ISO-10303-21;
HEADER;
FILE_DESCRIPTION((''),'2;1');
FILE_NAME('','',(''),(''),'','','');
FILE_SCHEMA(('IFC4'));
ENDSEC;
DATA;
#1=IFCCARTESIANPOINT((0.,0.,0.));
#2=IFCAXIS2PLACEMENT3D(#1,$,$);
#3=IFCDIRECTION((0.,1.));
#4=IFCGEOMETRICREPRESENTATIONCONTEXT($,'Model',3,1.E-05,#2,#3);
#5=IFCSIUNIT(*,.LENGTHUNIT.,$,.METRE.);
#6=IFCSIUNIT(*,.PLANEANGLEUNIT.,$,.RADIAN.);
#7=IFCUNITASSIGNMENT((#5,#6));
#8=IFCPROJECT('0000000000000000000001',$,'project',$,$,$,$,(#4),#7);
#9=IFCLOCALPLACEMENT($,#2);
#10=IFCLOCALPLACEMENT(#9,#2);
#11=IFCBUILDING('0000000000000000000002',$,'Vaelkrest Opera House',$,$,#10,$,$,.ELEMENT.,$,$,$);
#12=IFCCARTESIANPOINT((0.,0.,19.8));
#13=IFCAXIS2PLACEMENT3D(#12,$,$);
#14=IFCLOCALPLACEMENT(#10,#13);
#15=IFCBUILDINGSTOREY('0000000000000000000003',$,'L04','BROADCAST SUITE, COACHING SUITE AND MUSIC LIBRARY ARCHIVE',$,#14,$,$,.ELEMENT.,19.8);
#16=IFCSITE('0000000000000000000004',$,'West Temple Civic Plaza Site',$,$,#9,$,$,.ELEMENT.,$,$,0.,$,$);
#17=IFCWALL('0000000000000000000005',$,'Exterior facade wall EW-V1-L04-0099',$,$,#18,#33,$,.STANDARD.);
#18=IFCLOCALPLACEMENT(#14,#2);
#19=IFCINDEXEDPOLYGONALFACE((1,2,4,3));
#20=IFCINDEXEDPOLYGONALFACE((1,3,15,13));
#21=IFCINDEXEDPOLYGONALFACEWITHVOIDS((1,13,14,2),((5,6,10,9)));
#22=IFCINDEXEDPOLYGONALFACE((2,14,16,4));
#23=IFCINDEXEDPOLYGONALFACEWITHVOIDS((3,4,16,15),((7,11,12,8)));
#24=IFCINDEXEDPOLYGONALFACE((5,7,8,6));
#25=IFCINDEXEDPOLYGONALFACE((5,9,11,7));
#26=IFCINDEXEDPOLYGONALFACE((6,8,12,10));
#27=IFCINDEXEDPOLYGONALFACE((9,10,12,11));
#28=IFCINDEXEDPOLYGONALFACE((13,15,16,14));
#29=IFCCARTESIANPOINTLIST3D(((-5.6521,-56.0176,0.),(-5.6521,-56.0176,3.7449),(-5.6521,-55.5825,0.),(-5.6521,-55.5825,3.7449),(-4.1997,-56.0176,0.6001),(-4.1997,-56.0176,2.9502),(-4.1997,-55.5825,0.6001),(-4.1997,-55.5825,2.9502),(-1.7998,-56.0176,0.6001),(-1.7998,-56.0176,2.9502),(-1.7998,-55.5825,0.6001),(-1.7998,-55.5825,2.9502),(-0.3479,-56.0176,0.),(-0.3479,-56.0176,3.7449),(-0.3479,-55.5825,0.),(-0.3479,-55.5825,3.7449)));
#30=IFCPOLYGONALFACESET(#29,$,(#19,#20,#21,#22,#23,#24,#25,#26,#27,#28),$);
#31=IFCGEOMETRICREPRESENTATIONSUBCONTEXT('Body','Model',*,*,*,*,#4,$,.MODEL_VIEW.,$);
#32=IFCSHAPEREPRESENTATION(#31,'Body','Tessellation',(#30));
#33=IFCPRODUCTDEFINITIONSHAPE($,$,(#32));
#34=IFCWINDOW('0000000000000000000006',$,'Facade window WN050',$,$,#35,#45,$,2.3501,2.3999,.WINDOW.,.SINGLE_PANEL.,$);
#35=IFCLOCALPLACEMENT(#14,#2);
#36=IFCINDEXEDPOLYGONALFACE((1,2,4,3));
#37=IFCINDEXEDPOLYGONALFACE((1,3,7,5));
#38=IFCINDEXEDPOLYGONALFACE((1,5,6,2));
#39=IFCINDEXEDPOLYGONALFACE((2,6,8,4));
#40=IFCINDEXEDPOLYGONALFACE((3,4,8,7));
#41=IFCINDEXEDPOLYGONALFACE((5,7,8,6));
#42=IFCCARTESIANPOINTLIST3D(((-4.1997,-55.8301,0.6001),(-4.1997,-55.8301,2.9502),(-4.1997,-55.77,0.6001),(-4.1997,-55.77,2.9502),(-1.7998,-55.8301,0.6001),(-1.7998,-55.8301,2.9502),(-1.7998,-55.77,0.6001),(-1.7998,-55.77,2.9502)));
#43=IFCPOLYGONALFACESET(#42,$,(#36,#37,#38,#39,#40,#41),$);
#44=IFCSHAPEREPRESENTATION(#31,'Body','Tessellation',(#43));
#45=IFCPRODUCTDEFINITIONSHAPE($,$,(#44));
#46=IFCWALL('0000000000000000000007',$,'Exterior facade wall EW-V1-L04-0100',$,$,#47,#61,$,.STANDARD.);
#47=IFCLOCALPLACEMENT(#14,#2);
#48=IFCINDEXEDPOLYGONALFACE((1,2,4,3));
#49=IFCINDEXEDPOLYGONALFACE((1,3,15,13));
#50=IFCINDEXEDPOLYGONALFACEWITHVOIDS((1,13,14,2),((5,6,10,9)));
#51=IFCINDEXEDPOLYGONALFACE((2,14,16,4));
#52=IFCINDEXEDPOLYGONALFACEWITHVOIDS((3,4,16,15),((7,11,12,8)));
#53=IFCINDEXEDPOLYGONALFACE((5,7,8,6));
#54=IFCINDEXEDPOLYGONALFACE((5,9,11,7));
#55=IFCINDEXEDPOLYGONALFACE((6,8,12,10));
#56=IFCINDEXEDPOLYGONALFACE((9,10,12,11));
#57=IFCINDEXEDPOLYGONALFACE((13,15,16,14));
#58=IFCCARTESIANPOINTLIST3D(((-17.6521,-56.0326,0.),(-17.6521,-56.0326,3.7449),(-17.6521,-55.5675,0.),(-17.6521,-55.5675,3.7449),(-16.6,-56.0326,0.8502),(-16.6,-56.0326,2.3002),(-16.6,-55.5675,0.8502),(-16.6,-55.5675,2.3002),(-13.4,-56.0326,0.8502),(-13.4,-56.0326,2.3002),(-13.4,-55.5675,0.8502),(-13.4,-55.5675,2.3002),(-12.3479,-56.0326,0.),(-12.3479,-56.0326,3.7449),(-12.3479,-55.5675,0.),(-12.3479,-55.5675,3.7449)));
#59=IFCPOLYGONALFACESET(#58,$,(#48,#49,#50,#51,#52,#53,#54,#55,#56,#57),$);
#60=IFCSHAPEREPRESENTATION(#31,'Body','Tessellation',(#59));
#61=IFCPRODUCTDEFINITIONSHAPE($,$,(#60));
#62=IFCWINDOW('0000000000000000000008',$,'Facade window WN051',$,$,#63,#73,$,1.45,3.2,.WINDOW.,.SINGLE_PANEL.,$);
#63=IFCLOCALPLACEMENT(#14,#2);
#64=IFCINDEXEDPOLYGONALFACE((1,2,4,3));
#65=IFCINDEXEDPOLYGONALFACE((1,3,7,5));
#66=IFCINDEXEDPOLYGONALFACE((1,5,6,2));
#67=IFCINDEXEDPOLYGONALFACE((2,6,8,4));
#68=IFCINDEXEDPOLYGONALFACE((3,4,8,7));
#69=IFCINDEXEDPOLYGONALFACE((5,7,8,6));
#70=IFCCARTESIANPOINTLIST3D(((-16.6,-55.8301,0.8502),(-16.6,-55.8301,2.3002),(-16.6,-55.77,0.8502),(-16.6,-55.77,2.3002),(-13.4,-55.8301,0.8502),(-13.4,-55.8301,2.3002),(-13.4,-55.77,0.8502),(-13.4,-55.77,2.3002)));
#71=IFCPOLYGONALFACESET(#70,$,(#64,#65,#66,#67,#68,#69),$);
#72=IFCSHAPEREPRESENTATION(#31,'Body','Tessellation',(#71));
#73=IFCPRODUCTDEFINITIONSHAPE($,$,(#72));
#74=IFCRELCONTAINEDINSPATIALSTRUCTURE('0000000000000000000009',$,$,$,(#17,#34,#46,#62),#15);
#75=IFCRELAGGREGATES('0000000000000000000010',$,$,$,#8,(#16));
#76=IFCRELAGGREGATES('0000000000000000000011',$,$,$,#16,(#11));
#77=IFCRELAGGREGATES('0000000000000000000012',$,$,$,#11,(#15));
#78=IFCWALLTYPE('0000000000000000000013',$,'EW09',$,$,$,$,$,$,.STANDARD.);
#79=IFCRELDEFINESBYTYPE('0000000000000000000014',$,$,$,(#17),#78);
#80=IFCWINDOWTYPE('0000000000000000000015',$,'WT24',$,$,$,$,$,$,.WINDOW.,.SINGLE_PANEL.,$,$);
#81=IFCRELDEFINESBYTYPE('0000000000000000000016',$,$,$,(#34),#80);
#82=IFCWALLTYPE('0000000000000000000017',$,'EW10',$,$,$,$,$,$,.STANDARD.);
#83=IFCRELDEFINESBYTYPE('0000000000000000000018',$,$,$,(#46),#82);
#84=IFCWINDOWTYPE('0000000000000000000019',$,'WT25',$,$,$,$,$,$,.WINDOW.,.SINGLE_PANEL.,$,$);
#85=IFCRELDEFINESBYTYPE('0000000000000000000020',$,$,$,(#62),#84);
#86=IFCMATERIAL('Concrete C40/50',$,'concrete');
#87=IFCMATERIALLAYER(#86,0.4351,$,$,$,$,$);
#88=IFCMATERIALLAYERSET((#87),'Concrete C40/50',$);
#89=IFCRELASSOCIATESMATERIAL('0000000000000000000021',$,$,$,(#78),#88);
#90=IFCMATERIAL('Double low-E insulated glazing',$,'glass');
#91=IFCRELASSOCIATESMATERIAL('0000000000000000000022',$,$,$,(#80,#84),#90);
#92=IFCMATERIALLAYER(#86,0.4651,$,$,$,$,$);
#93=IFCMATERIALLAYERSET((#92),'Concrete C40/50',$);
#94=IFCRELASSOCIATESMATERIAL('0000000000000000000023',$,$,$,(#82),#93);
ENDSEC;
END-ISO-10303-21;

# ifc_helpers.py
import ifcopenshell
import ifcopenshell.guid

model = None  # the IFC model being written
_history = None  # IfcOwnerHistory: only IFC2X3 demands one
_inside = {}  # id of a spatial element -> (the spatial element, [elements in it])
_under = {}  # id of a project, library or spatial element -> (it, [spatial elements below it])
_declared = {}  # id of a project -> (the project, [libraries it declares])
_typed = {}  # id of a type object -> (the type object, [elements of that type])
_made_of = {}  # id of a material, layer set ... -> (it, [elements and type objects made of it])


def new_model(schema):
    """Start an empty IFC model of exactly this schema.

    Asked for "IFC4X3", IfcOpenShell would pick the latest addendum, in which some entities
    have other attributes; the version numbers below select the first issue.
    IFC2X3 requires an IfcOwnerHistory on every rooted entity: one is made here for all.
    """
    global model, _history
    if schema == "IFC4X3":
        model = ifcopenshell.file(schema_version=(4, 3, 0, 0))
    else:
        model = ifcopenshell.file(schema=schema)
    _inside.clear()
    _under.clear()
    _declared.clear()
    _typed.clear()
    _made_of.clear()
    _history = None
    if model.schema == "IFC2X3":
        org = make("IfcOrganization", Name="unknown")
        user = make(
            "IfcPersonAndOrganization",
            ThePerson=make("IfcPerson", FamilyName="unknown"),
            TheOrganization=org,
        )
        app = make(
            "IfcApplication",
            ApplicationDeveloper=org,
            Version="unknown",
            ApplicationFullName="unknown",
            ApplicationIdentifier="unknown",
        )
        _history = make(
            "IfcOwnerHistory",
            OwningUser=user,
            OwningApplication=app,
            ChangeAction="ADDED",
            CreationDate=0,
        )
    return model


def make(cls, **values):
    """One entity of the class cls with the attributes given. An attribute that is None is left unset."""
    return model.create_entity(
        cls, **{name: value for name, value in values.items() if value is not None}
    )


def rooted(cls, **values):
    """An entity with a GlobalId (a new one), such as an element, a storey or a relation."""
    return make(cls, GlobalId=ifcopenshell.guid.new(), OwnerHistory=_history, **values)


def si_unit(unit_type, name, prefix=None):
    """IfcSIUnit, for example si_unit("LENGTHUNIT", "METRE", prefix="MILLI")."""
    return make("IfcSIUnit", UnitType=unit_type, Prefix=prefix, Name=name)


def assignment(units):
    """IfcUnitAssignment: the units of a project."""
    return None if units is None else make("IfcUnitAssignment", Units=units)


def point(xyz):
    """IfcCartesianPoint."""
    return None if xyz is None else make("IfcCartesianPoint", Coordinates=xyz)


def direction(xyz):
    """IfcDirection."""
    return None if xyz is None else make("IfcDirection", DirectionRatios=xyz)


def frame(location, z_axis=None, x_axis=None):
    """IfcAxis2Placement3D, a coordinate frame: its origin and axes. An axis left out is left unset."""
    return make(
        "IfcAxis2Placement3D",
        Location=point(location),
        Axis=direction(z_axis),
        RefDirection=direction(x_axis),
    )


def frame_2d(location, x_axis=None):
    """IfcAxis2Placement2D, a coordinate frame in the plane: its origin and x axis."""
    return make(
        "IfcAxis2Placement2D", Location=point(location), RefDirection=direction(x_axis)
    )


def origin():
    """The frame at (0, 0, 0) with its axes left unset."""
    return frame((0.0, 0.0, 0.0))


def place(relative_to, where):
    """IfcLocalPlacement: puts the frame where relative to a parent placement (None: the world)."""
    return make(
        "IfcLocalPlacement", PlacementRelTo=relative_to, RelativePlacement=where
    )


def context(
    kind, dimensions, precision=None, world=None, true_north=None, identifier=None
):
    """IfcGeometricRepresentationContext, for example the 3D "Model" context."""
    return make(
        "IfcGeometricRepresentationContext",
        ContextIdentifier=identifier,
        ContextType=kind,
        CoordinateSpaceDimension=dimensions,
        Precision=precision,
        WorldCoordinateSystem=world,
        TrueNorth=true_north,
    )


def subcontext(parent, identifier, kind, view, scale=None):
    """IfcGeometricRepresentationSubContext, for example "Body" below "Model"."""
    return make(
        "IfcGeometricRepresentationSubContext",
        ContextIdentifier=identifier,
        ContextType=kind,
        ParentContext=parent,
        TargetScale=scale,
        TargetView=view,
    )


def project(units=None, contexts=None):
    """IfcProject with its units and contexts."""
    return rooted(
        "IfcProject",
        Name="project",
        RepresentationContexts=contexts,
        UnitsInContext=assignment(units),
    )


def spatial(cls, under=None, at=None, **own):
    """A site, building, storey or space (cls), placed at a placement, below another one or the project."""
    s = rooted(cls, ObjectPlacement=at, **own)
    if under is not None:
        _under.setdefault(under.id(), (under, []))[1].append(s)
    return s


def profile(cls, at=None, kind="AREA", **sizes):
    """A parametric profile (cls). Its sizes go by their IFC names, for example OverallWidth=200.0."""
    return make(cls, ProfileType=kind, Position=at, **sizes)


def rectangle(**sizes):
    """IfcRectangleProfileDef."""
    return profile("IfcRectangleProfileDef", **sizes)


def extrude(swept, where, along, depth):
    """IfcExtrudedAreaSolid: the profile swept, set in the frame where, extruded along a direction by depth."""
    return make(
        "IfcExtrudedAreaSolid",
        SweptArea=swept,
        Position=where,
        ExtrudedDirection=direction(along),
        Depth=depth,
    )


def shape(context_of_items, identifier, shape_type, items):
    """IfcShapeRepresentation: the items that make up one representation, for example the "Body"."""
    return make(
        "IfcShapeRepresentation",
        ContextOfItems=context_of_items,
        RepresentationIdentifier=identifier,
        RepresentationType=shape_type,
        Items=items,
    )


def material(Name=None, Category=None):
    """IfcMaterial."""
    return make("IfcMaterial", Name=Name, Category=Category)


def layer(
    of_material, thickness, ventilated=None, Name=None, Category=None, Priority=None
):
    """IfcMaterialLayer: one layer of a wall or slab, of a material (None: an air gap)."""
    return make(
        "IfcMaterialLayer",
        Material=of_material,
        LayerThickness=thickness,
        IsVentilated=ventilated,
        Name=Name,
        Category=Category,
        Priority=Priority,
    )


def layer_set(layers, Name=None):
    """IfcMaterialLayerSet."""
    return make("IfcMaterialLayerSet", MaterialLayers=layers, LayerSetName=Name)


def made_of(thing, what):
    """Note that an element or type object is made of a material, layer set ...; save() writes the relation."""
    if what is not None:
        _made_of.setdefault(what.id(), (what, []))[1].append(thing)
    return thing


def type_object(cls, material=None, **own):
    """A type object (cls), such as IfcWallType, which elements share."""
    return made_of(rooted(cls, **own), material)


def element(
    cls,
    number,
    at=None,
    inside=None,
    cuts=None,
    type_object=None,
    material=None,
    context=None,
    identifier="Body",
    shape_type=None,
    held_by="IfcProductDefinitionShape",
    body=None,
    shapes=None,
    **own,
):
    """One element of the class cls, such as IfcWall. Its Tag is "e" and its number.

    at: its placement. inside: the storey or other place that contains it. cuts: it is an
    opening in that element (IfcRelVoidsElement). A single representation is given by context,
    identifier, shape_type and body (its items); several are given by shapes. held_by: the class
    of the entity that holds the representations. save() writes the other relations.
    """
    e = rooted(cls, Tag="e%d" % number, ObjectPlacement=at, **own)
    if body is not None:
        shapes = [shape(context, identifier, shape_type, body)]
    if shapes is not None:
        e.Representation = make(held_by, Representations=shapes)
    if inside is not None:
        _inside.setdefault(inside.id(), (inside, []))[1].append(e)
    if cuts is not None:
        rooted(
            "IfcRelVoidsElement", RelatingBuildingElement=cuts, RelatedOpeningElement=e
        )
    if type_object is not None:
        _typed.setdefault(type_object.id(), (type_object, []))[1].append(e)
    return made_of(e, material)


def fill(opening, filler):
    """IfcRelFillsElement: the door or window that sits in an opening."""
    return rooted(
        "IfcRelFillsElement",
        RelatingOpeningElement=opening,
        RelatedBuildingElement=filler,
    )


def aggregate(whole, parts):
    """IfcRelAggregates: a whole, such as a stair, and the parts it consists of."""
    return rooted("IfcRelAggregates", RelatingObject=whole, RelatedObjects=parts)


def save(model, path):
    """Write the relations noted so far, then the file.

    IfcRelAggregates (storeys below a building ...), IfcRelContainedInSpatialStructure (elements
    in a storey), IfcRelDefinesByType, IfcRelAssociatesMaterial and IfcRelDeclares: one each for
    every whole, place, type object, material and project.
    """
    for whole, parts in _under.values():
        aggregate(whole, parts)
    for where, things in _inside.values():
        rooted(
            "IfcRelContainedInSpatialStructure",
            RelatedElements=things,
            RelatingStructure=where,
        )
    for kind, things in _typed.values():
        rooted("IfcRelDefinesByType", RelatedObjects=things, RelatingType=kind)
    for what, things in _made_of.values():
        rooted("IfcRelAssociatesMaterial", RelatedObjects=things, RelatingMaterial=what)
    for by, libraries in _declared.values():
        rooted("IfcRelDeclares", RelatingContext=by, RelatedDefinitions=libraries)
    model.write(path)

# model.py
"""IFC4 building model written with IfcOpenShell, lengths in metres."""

from ifc_helpers import new_model, si_unit, direction, frame, frame_2d, origin, place, context, subcontext, project, spatial, rectangle, extrude, material, layer, layer_set, type_object, element, fill, save


model = new_model("IFC4")

# Units and contexts
model_context = context("Model", 3, precision=1e-05, world=origin(), true_north=direction((0.0, 1.0)))
body_context = subcontext(model_context, "Body", "Model", "MODEL_VIEW")
ifc_project = project(units=[si_unit("LENGTHUNIT", "METRE"), si_unit("PLANEANGLEUNIT", "RADIAN")], contexts=[model_context])

# Site, building, storey
site_placement = place(None, origin())
site = spatial("IfcSite", under=ifc_project, at=site_placement, Name="West Temple Civic Plaza Site", CompositionType="ELEMENT", RefElevation=0.0)
building_placement = place(site_placement, origin())
building = spatial("IfcBuilding", under=site, at=building_placement, Name="Vaelkrest Opera House", CompositionType="ELEMENT")
storey_placement = place(building_placement, frame((0.0, 0.0, 19.8)))
storey = spatial("IfcBuildingStorey", under=building, at=storey_placement, Name="L04", Description="BROADCAST SUITE, COACHING SUITE AND MUSIC LIBRARY ARCHIVE", CompositionType="ELEMENT", Elevation=19.8)

# Walls, openings, windows
ifc_material_1 = material(Name="Concrete C40/50", Category="concrete")
ifc_layer_1 = layer(ifc_material_1, 0.4351)
ifc_layer_set_1 = layer_set([ifc_layer_1], Name="Concrete C40/50")
wall_type_1 = type_object("IfcWallType", Name="EW09", PredefinedType="STANDARD", material=ifc_layer_set_1)
wall_1_placement = place(storey_placement, frame((-0.3479, -55.8, 0.0), z_axis=(0.0, 0.0, 1.0), x_axis=(-1.0, 0.0, 0.0)))
wall_1 = element("IfcWall", 1, at=wall_1_placement, inside=storey, type_object=wall_type_1, Name="Exterior facade wall EW-V1-L04-0099", PredefinedType="STANDARD", context=body_context, shape_type="SweptSolid", body=[
    extrude(rectangle(XDim=5.3042, YDim=0.4351, at=frame_2d((2.6521, 0.0))), origin(), (0.0, 0.0, 1.0), 3.7449),
])
opening_1_placement = place(wall_1_placement, frame((1.4519, 0.0, 0.6001)))
opening_1 = element("IfcOpeningElement", 2, at=opening_1_placement, cuts=wall_1, PredefinedType="OPENING", context=body_context, shape_type="SweptSolid", body=[
    extrude(rectangle(XDim=2.3999, YDim=2.3501, at=frame_2d((1.2, 1.175))), frame((0.0, 0.2275, 0.0), z_axis=(0.0, -1.0, 0.0), x_axis=(1.0, 0.0, 0.0)), (0.0, 0.0, 1.0), 0.4551),
])
ifc_material_2 = material(Name="Double low-E insulated glazing", Category="glass")
window_type_1 = type_object("IfcWindowType", Name="WT24", PartitioningType="SINGLE_PANEL", PredefinedType="WINDOW", material=ifc_material_2)
window_1_placement = place(opening_1_placement, origin())
window_1 = element("IfcWindow", 3, at=window_1_placement, inside=storey, type_object=window_type_1, Name="Facade window WN050", OverallHeight=2.3501, OverallWidth=2.3999, PartitioningType="SINGLE_PANEL", PredefinedType="WINDOW", context=body_context, shape_type="SweptSolid", body=[
    extrude(rectangle(XDim=2.3999, YDim=2.3501, at=frame_2d((1.2, 1.175))), frame((0.0, 0.03, 0.0), z_axis=(0.0, -1.0, 0.0), x_axis=(1.0, 0.0, 0.0)), (0.0, 0.0, 1.0), 0.0601),
])
fill(opening_1, window_1)
ifc_layer_2 = layer(ifc_material_1, 0.4651)
ifc_layer_set_2 = layer_set([ifc_layer_2], Name="Concrete C40/50")
wall_type_2 = type_object("IfcWallType", Name="EW10", PredefinedType="STANDARD", material=ifc_layer_set_2)
wall_2_placement = place(storey_placement, frame((-12.3479, -55.8, 0.0), z_axis=(0.0, 0.0, 1.0), x_axis=(-1.0, 0.0, 0.0)))
wall_2 = element("IfcWall", 4, at=wall_2_placement, inside=storey, type_object=wall_type_2, Name="Exterior facade wall EW-V1-L04-0100", PredefinedType="STANDARD", context=body_context, shape_type="SweptSolid", body=[
    extrude(rectangle(XDim=5.3042, YDim=0.4651, at=frame_2d((2.6521, 0.0))), origin(), (0.0, 0.0, 1.0), 3.7449),
])
opening_2_placement = place(wall_2_placement, frame((1.052, 0.0, 0.8501)))
opening_2 = element("IfcOpeningElement", 5, at=opening_2_placement, cuts=wall_2, PredefinedType="OPENING", context=body_context, shape_type="SweptSolid", body=[
    extrude(rectangle(XDim=3.2, YDim=1.45, at=frame_2d((1.6001, 0.7251))), frame((0.0, 0.2424, 0.0), z_axis=(0.0, -1.0, 0.0), x_axis=(1.0, 0.0, 0.0)), (0.0, 0.0, 1.0), 0.4851),
])
window_type_2 = type_object("IfcWindowType", Name="WT25", PartitioningType="SINGLE_PANEL", PredefinedType="WINDOW", material=ifc_material_2)
window_2_placement = place(opening_2_placement, origin())
window_2 = element("IfcWindow", 6, at=window_2_placement, inside=storey, type_object=window_type_2, Name="Facade window WN051", OverallHeight=1.45, OverallWidth=3.2, PartitioningType="SINGLE_PANEL", PredefinedType="WINDOW", context=body_context, shape_type="SweptSolid", body=[
    extrude(rectangle(XDim=3.2, YDim=1.45, at=frame_2d((1.6001, 0.7251))), frame((0.0, 0.03, 0.0), z_axis=(0.0, -1.0, 0.0), x_axis=(1.0, 0.0, 0.0)), (0.0, 0.0, 1.0), 0.0601),
])
fill(opening_2, window_2)

save(model, "model.ifc")
